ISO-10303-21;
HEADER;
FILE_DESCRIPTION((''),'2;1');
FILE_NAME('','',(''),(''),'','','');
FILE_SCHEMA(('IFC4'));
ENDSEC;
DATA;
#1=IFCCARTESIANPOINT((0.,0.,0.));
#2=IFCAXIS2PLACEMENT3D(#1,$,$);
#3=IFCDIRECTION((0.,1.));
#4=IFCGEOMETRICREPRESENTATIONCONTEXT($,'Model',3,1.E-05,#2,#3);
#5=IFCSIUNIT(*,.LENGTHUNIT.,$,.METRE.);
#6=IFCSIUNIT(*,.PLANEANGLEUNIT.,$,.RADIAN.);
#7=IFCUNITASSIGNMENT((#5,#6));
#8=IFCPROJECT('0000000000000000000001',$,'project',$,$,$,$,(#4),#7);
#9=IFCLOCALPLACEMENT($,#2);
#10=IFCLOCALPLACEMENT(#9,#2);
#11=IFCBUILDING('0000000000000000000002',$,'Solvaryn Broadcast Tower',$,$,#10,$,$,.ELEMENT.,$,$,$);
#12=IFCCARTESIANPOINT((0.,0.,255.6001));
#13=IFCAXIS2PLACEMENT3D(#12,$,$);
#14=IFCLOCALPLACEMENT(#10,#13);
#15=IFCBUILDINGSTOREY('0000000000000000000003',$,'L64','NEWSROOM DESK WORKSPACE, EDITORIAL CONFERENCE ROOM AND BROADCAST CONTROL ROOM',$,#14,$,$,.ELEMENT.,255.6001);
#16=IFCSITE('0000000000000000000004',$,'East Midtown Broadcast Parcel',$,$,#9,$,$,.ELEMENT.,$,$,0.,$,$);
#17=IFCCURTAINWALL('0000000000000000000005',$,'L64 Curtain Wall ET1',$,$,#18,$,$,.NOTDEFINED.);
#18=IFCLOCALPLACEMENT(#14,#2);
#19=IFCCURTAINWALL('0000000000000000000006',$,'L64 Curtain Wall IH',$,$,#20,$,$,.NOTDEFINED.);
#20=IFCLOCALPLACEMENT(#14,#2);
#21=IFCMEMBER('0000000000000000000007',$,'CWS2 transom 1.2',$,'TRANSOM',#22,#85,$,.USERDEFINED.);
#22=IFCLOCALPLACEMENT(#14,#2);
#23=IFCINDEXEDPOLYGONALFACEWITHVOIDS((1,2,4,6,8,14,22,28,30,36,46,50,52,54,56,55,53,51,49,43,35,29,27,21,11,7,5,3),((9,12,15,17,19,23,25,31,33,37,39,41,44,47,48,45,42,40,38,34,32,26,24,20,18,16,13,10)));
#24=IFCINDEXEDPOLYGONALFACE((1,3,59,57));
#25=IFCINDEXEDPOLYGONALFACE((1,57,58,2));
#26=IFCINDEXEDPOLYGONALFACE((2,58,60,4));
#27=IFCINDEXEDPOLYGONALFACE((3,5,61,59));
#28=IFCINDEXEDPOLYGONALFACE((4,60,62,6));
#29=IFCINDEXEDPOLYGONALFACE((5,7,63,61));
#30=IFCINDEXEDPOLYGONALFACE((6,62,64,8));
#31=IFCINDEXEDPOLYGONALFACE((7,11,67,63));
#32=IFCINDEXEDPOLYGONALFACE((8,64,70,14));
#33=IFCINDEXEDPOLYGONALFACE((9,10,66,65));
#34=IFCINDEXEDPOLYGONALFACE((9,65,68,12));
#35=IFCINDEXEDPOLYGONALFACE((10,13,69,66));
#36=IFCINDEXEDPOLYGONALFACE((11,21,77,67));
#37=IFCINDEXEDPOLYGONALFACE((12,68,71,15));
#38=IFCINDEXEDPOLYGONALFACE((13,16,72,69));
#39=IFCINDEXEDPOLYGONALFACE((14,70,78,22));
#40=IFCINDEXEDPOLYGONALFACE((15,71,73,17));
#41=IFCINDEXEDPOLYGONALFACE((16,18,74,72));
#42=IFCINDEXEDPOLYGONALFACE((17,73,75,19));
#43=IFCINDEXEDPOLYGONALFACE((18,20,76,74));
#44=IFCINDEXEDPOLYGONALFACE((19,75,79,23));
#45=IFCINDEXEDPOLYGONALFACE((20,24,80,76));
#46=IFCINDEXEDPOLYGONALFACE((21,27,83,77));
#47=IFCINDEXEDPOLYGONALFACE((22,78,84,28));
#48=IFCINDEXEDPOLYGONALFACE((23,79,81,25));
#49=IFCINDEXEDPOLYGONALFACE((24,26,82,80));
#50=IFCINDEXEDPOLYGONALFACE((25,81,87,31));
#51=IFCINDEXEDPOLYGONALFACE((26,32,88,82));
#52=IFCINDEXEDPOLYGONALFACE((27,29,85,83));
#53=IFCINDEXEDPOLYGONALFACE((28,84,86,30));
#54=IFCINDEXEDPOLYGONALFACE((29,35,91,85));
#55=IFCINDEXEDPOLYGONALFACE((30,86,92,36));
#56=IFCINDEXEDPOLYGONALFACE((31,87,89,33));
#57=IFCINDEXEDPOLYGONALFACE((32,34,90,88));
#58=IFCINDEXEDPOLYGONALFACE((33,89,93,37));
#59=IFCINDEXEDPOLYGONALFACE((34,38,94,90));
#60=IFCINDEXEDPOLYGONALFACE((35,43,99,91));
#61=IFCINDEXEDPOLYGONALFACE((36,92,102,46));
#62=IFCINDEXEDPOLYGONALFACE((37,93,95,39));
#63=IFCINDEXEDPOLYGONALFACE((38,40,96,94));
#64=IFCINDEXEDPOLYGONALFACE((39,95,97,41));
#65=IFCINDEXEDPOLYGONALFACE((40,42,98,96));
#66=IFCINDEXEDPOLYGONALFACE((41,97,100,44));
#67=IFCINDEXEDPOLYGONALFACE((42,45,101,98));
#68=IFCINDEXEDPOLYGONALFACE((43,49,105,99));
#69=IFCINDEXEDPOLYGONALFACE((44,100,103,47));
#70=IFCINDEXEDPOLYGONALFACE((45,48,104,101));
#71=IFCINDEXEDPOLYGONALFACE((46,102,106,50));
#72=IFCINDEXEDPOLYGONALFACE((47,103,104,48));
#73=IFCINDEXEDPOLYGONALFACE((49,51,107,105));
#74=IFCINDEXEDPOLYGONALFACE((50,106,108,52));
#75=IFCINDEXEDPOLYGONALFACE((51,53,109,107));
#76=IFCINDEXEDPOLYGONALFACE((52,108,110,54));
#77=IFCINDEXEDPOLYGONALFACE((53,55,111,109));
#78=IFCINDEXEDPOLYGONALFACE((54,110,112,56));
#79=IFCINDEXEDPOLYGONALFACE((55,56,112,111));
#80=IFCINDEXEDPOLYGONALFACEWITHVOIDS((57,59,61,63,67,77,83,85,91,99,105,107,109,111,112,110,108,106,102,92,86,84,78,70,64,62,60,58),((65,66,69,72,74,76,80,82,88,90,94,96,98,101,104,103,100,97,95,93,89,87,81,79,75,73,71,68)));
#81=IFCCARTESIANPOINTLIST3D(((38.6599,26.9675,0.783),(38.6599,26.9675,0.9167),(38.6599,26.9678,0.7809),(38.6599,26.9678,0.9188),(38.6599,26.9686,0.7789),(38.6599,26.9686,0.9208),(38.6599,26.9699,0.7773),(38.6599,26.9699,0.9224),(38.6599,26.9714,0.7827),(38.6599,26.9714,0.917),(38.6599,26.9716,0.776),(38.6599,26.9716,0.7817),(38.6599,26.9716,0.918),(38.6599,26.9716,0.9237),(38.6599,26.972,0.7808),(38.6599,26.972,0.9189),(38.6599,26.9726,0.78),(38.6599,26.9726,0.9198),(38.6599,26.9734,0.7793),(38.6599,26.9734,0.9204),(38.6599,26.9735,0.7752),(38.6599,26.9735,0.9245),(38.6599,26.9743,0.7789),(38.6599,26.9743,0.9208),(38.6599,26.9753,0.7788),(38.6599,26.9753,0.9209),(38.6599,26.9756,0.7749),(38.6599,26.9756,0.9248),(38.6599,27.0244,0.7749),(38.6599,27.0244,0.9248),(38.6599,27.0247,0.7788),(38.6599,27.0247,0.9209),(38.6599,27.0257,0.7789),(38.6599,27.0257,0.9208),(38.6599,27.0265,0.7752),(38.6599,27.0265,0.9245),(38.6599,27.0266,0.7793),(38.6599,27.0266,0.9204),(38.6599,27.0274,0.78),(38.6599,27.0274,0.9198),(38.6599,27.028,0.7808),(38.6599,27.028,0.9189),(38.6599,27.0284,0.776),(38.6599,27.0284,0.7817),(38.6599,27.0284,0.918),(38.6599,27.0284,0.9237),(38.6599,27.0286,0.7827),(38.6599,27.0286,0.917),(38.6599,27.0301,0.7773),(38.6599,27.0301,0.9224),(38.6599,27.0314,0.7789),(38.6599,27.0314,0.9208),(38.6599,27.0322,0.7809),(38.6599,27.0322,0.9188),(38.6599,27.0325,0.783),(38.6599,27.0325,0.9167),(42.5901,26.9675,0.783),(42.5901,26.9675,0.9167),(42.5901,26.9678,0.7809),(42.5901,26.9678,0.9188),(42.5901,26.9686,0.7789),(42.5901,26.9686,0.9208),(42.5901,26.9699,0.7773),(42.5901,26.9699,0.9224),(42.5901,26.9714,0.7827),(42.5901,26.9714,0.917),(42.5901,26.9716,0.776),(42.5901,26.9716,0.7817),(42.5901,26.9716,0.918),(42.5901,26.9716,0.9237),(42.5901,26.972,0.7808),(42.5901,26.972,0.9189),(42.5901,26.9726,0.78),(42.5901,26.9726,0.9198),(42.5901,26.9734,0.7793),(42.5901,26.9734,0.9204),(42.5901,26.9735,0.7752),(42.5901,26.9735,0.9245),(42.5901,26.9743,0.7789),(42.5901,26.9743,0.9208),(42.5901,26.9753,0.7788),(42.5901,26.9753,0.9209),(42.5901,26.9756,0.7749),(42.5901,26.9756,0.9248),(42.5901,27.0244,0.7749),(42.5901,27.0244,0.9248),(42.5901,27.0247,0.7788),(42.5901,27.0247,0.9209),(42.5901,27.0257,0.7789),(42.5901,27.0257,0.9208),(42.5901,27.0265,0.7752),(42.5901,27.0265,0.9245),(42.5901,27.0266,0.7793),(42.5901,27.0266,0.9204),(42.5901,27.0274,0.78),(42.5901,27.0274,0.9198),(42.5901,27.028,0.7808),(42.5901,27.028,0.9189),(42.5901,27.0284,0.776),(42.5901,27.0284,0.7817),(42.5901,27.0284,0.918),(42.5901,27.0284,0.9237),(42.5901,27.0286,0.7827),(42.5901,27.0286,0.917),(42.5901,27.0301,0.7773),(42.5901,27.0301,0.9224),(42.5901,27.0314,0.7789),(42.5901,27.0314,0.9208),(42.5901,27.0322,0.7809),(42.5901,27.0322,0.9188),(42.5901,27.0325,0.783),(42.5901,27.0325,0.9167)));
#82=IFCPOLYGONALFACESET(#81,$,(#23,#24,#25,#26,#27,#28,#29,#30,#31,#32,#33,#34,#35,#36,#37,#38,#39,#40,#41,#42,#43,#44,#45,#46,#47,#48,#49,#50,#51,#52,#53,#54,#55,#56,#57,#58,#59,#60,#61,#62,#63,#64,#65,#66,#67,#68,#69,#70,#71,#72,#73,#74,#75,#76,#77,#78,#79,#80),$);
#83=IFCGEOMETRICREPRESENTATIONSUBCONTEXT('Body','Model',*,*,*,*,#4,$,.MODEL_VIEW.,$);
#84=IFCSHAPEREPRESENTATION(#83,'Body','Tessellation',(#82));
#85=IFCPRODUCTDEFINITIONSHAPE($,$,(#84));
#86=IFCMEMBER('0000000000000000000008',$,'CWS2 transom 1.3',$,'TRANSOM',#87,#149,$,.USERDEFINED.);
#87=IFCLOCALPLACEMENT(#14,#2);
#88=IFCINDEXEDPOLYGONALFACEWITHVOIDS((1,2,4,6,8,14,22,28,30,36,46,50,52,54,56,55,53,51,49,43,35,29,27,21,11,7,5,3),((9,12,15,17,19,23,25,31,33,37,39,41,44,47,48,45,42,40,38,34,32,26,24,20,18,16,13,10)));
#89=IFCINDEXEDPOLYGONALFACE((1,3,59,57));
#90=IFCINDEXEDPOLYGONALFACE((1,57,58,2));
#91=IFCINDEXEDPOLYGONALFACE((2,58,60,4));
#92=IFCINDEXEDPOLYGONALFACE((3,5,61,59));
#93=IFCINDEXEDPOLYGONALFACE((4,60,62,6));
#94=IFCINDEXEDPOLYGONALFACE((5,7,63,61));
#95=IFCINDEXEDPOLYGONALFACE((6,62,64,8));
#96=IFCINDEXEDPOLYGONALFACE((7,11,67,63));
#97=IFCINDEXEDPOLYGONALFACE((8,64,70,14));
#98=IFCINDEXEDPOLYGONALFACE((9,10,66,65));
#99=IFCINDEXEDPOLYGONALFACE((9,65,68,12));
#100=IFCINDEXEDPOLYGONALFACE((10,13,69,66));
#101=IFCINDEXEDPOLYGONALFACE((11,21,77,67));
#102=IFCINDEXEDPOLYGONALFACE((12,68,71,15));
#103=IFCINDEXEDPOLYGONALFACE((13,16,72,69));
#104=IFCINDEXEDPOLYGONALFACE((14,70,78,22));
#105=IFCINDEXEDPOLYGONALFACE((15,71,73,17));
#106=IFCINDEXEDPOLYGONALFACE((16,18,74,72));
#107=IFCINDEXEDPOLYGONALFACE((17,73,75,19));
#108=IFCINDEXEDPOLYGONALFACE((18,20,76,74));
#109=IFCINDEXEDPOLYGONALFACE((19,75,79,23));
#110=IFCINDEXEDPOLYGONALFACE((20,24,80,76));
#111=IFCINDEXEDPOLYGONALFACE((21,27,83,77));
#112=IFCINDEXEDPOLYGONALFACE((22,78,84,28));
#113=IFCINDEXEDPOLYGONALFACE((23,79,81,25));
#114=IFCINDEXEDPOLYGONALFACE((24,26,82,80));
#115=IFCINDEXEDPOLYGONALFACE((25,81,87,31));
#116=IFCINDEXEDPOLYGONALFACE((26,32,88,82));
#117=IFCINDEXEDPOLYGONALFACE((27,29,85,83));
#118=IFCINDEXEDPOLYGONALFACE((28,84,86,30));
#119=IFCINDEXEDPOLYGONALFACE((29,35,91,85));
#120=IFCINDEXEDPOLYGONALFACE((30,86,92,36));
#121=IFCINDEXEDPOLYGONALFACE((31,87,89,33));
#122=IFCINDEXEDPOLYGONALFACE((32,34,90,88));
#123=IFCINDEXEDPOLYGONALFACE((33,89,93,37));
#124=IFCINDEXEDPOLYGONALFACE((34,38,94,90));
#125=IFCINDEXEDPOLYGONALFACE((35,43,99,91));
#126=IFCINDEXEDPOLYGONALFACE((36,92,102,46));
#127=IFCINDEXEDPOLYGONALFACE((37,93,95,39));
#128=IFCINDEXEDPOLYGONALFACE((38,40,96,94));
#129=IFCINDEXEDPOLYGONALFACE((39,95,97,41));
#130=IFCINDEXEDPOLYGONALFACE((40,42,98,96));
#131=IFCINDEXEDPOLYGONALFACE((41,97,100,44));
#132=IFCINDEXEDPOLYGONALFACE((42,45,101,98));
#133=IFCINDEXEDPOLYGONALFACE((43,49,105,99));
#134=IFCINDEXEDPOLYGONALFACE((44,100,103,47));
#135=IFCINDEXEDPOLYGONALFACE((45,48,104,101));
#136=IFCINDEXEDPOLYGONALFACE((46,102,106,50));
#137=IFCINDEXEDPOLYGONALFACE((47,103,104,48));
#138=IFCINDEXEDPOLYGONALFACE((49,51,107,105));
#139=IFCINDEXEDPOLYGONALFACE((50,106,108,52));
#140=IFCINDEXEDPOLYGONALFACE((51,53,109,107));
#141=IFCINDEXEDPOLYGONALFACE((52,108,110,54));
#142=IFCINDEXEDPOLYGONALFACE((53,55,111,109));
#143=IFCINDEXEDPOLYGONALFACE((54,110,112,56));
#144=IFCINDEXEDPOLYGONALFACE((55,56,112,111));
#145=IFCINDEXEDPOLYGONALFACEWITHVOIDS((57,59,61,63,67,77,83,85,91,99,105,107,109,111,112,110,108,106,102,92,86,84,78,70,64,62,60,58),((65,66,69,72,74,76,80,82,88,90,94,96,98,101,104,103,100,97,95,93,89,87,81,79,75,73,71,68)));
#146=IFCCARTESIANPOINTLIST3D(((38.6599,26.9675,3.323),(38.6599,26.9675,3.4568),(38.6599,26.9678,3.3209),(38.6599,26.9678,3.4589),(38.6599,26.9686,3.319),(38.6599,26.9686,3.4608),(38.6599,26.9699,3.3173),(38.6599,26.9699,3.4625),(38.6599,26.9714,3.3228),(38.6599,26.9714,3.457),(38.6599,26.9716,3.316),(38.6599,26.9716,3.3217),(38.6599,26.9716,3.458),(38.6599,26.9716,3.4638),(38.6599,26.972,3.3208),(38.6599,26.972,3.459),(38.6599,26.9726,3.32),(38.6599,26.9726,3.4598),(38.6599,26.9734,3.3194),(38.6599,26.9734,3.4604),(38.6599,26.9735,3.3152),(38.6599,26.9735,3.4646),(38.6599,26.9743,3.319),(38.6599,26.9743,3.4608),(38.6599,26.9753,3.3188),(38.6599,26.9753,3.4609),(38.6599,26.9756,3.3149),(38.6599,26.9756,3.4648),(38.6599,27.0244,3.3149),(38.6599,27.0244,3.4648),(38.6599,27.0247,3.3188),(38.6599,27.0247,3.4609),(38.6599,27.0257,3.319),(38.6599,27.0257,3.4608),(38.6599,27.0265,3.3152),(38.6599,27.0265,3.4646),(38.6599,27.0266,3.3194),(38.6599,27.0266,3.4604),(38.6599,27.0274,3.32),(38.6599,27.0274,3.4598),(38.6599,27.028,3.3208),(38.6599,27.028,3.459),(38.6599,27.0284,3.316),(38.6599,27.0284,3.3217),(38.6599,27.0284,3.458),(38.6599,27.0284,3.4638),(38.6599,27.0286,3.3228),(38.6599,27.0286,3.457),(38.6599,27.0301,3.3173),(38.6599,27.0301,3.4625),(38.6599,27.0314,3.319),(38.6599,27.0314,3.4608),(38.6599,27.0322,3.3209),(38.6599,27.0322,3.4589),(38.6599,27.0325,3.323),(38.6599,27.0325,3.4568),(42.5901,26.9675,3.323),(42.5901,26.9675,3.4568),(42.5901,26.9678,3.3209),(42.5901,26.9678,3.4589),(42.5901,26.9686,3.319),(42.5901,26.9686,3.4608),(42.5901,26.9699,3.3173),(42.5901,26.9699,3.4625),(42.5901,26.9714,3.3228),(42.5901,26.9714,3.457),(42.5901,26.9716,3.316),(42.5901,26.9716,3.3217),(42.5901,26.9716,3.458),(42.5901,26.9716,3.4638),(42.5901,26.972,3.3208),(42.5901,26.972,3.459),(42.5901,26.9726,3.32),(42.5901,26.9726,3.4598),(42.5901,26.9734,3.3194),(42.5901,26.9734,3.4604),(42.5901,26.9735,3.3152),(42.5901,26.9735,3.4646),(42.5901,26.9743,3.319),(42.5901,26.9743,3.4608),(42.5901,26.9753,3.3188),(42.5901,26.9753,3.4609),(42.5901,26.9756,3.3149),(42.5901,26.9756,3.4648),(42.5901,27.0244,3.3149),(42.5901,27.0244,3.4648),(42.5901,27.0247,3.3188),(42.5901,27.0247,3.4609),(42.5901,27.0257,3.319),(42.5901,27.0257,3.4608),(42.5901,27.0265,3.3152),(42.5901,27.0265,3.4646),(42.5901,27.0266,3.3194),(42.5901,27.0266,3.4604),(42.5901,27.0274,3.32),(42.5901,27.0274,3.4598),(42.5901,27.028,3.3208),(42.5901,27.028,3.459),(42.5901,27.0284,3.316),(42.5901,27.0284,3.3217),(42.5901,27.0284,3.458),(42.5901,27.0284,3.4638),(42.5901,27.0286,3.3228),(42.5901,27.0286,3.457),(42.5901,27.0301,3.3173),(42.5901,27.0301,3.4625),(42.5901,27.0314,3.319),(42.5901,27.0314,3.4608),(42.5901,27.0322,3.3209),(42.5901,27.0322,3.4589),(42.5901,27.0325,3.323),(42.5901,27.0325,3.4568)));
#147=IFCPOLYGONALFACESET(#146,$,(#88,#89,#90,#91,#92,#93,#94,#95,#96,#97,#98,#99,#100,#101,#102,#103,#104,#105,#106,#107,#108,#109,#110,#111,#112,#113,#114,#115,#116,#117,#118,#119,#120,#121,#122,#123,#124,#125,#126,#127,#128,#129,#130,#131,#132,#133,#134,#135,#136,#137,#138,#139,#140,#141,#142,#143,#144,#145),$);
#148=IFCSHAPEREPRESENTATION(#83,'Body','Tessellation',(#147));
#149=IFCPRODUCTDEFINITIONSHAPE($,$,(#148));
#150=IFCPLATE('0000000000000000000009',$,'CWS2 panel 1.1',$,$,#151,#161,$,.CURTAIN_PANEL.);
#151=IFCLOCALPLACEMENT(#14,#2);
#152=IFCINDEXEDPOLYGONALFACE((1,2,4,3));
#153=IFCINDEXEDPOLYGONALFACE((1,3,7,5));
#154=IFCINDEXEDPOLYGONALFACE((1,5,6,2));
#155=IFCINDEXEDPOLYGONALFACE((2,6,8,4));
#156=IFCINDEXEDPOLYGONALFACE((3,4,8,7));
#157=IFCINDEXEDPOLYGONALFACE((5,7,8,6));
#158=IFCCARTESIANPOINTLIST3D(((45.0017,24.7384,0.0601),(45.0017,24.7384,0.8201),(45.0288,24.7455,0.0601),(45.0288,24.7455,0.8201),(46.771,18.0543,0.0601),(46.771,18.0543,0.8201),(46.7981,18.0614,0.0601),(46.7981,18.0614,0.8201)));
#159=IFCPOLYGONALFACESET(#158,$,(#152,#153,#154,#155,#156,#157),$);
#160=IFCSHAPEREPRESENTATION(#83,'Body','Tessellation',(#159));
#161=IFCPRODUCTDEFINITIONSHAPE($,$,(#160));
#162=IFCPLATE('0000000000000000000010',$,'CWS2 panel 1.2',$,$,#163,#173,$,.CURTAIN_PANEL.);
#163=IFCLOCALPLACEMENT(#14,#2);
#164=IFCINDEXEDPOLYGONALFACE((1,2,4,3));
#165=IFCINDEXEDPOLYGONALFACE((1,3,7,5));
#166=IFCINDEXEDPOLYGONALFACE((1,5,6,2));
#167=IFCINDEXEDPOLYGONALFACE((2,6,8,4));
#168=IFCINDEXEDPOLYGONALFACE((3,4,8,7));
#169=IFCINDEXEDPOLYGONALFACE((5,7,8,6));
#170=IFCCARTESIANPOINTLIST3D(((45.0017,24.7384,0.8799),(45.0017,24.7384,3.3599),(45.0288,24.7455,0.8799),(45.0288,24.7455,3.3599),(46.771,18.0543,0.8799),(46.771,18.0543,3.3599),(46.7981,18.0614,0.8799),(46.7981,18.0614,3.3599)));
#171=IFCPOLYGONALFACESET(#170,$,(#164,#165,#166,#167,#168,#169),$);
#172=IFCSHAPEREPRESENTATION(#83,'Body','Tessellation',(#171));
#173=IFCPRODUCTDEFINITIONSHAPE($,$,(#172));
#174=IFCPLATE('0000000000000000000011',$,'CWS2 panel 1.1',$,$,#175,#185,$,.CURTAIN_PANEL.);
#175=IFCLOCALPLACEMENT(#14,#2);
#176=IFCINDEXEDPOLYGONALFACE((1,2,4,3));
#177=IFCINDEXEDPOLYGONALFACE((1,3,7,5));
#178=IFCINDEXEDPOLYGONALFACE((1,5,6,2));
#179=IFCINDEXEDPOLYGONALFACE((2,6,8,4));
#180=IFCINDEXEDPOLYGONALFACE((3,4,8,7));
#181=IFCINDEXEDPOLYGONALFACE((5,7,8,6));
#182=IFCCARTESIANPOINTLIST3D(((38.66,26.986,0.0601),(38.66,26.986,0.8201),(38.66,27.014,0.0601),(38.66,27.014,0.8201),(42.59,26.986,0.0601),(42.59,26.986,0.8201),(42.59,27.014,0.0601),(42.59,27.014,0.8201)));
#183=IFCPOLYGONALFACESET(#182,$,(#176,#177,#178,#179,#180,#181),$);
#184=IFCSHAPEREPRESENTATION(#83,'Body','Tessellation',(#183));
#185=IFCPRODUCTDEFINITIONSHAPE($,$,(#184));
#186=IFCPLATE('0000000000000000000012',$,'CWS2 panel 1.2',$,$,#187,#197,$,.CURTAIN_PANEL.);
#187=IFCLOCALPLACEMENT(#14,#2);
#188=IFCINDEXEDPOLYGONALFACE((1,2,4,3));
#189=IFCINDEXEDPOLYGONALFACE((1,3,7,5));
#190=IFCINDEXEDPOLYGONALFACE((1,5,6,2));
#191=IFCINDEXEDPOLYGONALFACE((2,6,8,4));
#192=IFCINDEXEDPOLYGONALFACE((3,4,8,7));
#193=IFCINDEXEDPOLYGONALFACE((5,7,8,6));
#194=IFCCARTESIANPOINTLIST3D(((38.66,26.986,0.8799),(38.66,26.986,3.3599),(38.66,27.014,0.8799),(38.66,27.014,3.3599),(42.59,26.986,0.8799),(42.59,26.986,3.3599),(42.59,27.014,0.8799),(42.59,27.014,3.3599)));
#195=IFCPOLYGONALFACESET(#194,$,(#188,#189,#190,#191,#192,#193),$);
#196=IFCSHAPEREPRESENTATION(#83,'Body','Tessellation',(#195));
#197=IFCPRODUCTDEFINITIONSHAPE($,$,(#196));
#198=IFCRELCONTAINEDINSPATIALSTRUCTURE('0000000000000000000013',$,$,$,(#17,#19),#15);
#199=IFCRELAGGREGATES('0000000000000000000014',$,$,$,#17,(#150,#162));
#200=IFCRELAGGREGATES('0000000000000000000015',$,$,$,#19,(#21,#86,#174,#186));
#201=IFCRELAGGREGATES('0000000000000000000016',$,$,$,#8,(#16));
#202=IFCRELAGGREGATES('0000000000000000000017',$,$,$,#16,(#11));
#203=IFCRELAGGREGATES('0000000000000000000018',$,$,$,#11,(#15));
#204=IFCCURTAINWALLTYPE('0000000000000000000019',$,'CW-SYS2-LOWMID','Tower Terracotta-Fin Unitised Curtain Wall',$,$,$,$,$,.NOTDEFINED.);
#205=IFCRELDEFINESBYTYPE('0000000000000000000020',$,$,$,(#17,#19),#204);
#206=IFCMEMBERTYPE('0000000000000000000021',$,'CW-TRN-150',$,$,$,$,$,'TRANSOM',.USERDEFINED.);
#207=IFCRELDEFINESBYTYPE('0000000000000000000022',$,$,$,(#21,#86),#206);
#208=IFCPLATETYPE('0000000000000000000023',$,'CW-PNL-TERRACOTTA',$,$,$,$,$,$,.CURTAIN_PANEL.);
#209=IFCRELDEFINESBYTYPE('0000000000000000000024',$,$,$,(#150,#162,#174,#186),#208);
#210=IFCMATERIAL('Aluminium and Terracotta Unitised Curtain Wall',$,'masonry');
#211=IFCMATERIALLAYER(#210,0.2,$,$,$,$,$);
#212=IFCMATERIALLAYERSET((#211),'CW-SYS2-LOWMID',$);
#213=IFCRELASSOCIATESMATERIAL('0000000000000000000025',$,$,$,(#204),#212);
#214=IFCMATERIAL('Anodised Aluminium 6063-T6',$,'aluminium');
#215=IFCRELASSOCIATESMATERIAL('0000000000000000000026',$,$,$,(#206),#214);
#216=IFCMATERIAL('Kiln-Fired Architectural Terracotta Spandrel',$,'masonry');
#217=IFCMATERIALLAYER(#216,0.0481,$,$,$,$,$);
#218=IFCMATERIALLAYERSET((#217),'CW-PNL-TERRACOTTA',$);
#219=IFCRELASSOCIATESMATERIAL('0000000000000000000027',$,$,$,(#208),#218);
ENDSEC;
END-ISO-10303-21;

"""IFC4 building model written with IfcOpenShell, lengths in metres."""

from ifc_helpers import new_model, si_unit, direction, frame, origin, origin_2d, place, context, subcontext, project, spatial, rectangle, hollow_rectangle, extrude, material, layer, layer_set, material_profile, profile_set, type_object, element, aggregate, save


model = new_model("IFC4")

# Units and contexts
model_context = context("Model", 3, precision=1e-05, world=origin(), true_north=direction((0.0, 1.0)))
body_context = subcontext(model_context, "Body", "Model", "MODEL_VIEW")
ifc_project = project(units=[si_unit("LENGTHUNIT", "METRE"), si_unit("PLANEANGLEUNIT", "RADIAN")], contexts=[model_context])

# Site, building, storey
site_placement = place(None, origin())
site = spatial("IfcSite", under=ifc_project, at=site_placement, Name="East Midtown Broadcast Parcel", CompositionType="ELEMENT", RefElevation=0.0)
building_placement = place(site_placement, origin())
building = spatial("IfcBuilding", under=site, at=building_placement, Name="Solvaryn Broadcast Tower", CompositionType="ELEMENT")
storey_placement = place(building_placement, frame((0.0, 0.0, 255.6001)))
storey = spatial("IfcBuildingStorey", under=building, at=storey_placement, Name="L64", Description="NEWSROOM DESK WORKSPACE, EDITORIAL CONFERENCE ROOM AND BROADCAST CONTROL ROOM", CompositionType="ELEMENT", Elevation=255.6001)

# Curtain walls
ifc_material_1 = material(Name="Aluminium and Terracotta Unitised Curtain Wall", Category="masonry")
ifc_layer_1 = layer(ifc_material_1, 0.2)
ifc_layer_set_1 = layer_set([ifc_layer_1], Name="CW-SYS2-LOWMID")
curtain_wall_type = type_object("IfcCurtainWallType", Name="CW-SYS2-LOWMID", Description="Tower Terracotta-Fin Unitised Curtain Wall", PredefinedType="NOTDEFINED", material=ifc_layer_set_1)
curtain_wall_1_placement = place(storey_placement, origin())
curtain_wall_1 = element("IfcCurtainWall", 1, at=curtain_wall_1_placement, inside=storey, type_object=curtain_wall_type, Name="L64 Curtain Wall ET1", PredefinedType="NOTDEFINED")
curtain_wall_2_placement = place(storey_placement, origin())
curtain_wall_2 = element("IfcCurtainWall", 2, at=curtain_wall_2_placement, inside=storey, type_object=curtain_wall_type, Name="L64 Curtain Wall IH", PredefinedType="NOTDEFINED")

# Members
ifc_material_2 = material(Name="Anodised Aluminium 6063-T6", Category="aluminium")
ifc_material_profile_1 = material_profile(ifc_material_2, hollow_rectangle(XDim=0.0649, YDim=0.1499, WallThickness=0.0039, InnerFilletRadius=0.0039, OuterFilletRadius=0.0081, at=origin_2d()))
ifc_profile_set_1 = profile_set([ifc_material_profile_1], Name="Anodised Aluminium 6063-T6")
member_type_1 = type_object("IfcMemberType", Name="CW-TRN-150", ElementType="TRANSOM", PredefinedType="USERDEFINED", material=ifc_profile_set_1)
member_1_placement = place(storey_placement, frame((38.6599, 27.0, 0.8499), z_axis=(1.0, 0.0, 0.0), x_axis=(0.0, 1.0, 0.0)))
member_1 = element("IfcMember", 3, at=member_1_placement, type_object=member_type_1, Name="CWS2 transom 1.2", ObjectType="TRANSOM", PredefinedType="USERDEFINED", context=body_context, shape_type="SweptSolid", body=[
    extrude(hollow_rectangle(XDim=0.0649, YDim=0.1499, WallThickness=0.0039, InnerFilletRadius=0.0039, OuterFilletRadius=0.0081, at=origin_2d()), origin(), (0.0, 0.0, 1.0), 3.9302),
])
member_2_placement = place(storey_placement, frame((38.6599, 27.0, 3.3899), z_axis=(1.0, 0.0, 0.0), x_axis=(0.0, 1.0, 0.0)))
member_2 = element("IfcMember", 4, at=member_2_placement, type_object=member_type_1, Name="CWS2 transom 1.3", ObjectType="TRANSOM", PredefinedType="USERDEFINED", context=body_context, shape_type="SweptSolid", body=[
    extrude(hollow_rectangle(XDim=0.0649, YDim=0.1499, WallThickness=0.0039, InnerFilletRadius=0.0039, OuterFilletRadius=0.0081, at=origin_2d()), origin(), (0.0, 0.0, 1.0), 3.9302),
])

# Plates
ifc_material_3 = material(Name="Kiln-Fired Architectural Terracotta Spandrel", Category="masonry")
ifc_layer_2 = layer(ifc_material_3, 0.0481)
ifc_layer_set_2 = layer_set([ifc_layer_2], Name="CW-PNL-TERRACOTTA")
plate_type = type_object("IfcPlateType", Name="CW-PNL-TERRACOTTA", PredefinedType="CURTAIN_PANEL", material=ifc_layer_set_2)
plate_1_placement = place(storey_placement, frame((45.8999, 21.3999, 0.0601), z_axis=(0.0, 0.0, 1.0), x_axis=(0.255893, -0.966705, 0.0)))
plate_1 = element("IfcPlate", 5, at=plate_1_placement, type_object=plate_type, Name="CWS2 panel 1.1", PredefinedType="CURTAIN_PANEL", context=body_context, shape_type="SweptSolid", body=[
    extrude(rectangle(XDim=6.9143, YDim=0.0281, at=origin_2d()), origin(), (0.0, 0.0, 1.0), 0.76),
])
plate_2_placement = place(storey_placement, frame((45.8999, 21.3999, 0.8799), z_axis=(0.0, 0.0, 1.0), x_axis=(0.255893, -0.966705, 0.0)))
plate_2 = element("IfcPlate", 6, at=plate_2_placement, type_object=plate_type, Name="CWS2 panel 1.2", PredefinedType="CURTAIN_PANEL", context=body_context, shape_type="SweptSolid", body=[
    extrude(rectangle(XDim=6.9143, YDim=0.0281, at=origin_2d()), origin(), (0.0, 0.0, 1.0), 2.48),
])
aggregate(curtain_wall_1, [plate_1, plate_2])
plate_3_placement = place(storey_placement, frame((40.625, 27.0, 0.0601), z_axis=(0.0, 0.0, 1.0), x_axis=(1.0, 0.0, 0.0)))
plate_3 = element("IfcPlate", 7, at=plate_3_placement, type_object=plate_type, Name="CWS2 panel 1.1", PredefinedType="CURTAIN_PANEL", context=body_context, shape_type="SweptSolid", body=[
    extrude(rectangle(XDim=3.9299, YDim=0.0281, at=origin_2d()), origin(), (0.0, 0.0, 1.0), 0.76),
])
plate_4_placement = place(storey_placement, frame((40.625, 27.0, 0.8799), z_axis=(0.0, 0.0, 1.0), x_axis=(1.0, 0.0, 0.0)))
plate_4 = element("IfcPlate", 8, at=plate_4_placement, type_object=plate_type, Name="CWS2 panel 1.2", PredefinedType="CURTAIN_PANEL", context=body_context, shape_type="SweptSolid", body=[
    extrude(rectangle(XDim=3.9299, YDim=0.0281, at=origin_2d()), origin(), (0.0, 0.0, 1.0), 2.48),
])
aggregate(curtain_wall_2, [member_1, member_2, plate_3, plate_4])

save(model, "model.ifc")
